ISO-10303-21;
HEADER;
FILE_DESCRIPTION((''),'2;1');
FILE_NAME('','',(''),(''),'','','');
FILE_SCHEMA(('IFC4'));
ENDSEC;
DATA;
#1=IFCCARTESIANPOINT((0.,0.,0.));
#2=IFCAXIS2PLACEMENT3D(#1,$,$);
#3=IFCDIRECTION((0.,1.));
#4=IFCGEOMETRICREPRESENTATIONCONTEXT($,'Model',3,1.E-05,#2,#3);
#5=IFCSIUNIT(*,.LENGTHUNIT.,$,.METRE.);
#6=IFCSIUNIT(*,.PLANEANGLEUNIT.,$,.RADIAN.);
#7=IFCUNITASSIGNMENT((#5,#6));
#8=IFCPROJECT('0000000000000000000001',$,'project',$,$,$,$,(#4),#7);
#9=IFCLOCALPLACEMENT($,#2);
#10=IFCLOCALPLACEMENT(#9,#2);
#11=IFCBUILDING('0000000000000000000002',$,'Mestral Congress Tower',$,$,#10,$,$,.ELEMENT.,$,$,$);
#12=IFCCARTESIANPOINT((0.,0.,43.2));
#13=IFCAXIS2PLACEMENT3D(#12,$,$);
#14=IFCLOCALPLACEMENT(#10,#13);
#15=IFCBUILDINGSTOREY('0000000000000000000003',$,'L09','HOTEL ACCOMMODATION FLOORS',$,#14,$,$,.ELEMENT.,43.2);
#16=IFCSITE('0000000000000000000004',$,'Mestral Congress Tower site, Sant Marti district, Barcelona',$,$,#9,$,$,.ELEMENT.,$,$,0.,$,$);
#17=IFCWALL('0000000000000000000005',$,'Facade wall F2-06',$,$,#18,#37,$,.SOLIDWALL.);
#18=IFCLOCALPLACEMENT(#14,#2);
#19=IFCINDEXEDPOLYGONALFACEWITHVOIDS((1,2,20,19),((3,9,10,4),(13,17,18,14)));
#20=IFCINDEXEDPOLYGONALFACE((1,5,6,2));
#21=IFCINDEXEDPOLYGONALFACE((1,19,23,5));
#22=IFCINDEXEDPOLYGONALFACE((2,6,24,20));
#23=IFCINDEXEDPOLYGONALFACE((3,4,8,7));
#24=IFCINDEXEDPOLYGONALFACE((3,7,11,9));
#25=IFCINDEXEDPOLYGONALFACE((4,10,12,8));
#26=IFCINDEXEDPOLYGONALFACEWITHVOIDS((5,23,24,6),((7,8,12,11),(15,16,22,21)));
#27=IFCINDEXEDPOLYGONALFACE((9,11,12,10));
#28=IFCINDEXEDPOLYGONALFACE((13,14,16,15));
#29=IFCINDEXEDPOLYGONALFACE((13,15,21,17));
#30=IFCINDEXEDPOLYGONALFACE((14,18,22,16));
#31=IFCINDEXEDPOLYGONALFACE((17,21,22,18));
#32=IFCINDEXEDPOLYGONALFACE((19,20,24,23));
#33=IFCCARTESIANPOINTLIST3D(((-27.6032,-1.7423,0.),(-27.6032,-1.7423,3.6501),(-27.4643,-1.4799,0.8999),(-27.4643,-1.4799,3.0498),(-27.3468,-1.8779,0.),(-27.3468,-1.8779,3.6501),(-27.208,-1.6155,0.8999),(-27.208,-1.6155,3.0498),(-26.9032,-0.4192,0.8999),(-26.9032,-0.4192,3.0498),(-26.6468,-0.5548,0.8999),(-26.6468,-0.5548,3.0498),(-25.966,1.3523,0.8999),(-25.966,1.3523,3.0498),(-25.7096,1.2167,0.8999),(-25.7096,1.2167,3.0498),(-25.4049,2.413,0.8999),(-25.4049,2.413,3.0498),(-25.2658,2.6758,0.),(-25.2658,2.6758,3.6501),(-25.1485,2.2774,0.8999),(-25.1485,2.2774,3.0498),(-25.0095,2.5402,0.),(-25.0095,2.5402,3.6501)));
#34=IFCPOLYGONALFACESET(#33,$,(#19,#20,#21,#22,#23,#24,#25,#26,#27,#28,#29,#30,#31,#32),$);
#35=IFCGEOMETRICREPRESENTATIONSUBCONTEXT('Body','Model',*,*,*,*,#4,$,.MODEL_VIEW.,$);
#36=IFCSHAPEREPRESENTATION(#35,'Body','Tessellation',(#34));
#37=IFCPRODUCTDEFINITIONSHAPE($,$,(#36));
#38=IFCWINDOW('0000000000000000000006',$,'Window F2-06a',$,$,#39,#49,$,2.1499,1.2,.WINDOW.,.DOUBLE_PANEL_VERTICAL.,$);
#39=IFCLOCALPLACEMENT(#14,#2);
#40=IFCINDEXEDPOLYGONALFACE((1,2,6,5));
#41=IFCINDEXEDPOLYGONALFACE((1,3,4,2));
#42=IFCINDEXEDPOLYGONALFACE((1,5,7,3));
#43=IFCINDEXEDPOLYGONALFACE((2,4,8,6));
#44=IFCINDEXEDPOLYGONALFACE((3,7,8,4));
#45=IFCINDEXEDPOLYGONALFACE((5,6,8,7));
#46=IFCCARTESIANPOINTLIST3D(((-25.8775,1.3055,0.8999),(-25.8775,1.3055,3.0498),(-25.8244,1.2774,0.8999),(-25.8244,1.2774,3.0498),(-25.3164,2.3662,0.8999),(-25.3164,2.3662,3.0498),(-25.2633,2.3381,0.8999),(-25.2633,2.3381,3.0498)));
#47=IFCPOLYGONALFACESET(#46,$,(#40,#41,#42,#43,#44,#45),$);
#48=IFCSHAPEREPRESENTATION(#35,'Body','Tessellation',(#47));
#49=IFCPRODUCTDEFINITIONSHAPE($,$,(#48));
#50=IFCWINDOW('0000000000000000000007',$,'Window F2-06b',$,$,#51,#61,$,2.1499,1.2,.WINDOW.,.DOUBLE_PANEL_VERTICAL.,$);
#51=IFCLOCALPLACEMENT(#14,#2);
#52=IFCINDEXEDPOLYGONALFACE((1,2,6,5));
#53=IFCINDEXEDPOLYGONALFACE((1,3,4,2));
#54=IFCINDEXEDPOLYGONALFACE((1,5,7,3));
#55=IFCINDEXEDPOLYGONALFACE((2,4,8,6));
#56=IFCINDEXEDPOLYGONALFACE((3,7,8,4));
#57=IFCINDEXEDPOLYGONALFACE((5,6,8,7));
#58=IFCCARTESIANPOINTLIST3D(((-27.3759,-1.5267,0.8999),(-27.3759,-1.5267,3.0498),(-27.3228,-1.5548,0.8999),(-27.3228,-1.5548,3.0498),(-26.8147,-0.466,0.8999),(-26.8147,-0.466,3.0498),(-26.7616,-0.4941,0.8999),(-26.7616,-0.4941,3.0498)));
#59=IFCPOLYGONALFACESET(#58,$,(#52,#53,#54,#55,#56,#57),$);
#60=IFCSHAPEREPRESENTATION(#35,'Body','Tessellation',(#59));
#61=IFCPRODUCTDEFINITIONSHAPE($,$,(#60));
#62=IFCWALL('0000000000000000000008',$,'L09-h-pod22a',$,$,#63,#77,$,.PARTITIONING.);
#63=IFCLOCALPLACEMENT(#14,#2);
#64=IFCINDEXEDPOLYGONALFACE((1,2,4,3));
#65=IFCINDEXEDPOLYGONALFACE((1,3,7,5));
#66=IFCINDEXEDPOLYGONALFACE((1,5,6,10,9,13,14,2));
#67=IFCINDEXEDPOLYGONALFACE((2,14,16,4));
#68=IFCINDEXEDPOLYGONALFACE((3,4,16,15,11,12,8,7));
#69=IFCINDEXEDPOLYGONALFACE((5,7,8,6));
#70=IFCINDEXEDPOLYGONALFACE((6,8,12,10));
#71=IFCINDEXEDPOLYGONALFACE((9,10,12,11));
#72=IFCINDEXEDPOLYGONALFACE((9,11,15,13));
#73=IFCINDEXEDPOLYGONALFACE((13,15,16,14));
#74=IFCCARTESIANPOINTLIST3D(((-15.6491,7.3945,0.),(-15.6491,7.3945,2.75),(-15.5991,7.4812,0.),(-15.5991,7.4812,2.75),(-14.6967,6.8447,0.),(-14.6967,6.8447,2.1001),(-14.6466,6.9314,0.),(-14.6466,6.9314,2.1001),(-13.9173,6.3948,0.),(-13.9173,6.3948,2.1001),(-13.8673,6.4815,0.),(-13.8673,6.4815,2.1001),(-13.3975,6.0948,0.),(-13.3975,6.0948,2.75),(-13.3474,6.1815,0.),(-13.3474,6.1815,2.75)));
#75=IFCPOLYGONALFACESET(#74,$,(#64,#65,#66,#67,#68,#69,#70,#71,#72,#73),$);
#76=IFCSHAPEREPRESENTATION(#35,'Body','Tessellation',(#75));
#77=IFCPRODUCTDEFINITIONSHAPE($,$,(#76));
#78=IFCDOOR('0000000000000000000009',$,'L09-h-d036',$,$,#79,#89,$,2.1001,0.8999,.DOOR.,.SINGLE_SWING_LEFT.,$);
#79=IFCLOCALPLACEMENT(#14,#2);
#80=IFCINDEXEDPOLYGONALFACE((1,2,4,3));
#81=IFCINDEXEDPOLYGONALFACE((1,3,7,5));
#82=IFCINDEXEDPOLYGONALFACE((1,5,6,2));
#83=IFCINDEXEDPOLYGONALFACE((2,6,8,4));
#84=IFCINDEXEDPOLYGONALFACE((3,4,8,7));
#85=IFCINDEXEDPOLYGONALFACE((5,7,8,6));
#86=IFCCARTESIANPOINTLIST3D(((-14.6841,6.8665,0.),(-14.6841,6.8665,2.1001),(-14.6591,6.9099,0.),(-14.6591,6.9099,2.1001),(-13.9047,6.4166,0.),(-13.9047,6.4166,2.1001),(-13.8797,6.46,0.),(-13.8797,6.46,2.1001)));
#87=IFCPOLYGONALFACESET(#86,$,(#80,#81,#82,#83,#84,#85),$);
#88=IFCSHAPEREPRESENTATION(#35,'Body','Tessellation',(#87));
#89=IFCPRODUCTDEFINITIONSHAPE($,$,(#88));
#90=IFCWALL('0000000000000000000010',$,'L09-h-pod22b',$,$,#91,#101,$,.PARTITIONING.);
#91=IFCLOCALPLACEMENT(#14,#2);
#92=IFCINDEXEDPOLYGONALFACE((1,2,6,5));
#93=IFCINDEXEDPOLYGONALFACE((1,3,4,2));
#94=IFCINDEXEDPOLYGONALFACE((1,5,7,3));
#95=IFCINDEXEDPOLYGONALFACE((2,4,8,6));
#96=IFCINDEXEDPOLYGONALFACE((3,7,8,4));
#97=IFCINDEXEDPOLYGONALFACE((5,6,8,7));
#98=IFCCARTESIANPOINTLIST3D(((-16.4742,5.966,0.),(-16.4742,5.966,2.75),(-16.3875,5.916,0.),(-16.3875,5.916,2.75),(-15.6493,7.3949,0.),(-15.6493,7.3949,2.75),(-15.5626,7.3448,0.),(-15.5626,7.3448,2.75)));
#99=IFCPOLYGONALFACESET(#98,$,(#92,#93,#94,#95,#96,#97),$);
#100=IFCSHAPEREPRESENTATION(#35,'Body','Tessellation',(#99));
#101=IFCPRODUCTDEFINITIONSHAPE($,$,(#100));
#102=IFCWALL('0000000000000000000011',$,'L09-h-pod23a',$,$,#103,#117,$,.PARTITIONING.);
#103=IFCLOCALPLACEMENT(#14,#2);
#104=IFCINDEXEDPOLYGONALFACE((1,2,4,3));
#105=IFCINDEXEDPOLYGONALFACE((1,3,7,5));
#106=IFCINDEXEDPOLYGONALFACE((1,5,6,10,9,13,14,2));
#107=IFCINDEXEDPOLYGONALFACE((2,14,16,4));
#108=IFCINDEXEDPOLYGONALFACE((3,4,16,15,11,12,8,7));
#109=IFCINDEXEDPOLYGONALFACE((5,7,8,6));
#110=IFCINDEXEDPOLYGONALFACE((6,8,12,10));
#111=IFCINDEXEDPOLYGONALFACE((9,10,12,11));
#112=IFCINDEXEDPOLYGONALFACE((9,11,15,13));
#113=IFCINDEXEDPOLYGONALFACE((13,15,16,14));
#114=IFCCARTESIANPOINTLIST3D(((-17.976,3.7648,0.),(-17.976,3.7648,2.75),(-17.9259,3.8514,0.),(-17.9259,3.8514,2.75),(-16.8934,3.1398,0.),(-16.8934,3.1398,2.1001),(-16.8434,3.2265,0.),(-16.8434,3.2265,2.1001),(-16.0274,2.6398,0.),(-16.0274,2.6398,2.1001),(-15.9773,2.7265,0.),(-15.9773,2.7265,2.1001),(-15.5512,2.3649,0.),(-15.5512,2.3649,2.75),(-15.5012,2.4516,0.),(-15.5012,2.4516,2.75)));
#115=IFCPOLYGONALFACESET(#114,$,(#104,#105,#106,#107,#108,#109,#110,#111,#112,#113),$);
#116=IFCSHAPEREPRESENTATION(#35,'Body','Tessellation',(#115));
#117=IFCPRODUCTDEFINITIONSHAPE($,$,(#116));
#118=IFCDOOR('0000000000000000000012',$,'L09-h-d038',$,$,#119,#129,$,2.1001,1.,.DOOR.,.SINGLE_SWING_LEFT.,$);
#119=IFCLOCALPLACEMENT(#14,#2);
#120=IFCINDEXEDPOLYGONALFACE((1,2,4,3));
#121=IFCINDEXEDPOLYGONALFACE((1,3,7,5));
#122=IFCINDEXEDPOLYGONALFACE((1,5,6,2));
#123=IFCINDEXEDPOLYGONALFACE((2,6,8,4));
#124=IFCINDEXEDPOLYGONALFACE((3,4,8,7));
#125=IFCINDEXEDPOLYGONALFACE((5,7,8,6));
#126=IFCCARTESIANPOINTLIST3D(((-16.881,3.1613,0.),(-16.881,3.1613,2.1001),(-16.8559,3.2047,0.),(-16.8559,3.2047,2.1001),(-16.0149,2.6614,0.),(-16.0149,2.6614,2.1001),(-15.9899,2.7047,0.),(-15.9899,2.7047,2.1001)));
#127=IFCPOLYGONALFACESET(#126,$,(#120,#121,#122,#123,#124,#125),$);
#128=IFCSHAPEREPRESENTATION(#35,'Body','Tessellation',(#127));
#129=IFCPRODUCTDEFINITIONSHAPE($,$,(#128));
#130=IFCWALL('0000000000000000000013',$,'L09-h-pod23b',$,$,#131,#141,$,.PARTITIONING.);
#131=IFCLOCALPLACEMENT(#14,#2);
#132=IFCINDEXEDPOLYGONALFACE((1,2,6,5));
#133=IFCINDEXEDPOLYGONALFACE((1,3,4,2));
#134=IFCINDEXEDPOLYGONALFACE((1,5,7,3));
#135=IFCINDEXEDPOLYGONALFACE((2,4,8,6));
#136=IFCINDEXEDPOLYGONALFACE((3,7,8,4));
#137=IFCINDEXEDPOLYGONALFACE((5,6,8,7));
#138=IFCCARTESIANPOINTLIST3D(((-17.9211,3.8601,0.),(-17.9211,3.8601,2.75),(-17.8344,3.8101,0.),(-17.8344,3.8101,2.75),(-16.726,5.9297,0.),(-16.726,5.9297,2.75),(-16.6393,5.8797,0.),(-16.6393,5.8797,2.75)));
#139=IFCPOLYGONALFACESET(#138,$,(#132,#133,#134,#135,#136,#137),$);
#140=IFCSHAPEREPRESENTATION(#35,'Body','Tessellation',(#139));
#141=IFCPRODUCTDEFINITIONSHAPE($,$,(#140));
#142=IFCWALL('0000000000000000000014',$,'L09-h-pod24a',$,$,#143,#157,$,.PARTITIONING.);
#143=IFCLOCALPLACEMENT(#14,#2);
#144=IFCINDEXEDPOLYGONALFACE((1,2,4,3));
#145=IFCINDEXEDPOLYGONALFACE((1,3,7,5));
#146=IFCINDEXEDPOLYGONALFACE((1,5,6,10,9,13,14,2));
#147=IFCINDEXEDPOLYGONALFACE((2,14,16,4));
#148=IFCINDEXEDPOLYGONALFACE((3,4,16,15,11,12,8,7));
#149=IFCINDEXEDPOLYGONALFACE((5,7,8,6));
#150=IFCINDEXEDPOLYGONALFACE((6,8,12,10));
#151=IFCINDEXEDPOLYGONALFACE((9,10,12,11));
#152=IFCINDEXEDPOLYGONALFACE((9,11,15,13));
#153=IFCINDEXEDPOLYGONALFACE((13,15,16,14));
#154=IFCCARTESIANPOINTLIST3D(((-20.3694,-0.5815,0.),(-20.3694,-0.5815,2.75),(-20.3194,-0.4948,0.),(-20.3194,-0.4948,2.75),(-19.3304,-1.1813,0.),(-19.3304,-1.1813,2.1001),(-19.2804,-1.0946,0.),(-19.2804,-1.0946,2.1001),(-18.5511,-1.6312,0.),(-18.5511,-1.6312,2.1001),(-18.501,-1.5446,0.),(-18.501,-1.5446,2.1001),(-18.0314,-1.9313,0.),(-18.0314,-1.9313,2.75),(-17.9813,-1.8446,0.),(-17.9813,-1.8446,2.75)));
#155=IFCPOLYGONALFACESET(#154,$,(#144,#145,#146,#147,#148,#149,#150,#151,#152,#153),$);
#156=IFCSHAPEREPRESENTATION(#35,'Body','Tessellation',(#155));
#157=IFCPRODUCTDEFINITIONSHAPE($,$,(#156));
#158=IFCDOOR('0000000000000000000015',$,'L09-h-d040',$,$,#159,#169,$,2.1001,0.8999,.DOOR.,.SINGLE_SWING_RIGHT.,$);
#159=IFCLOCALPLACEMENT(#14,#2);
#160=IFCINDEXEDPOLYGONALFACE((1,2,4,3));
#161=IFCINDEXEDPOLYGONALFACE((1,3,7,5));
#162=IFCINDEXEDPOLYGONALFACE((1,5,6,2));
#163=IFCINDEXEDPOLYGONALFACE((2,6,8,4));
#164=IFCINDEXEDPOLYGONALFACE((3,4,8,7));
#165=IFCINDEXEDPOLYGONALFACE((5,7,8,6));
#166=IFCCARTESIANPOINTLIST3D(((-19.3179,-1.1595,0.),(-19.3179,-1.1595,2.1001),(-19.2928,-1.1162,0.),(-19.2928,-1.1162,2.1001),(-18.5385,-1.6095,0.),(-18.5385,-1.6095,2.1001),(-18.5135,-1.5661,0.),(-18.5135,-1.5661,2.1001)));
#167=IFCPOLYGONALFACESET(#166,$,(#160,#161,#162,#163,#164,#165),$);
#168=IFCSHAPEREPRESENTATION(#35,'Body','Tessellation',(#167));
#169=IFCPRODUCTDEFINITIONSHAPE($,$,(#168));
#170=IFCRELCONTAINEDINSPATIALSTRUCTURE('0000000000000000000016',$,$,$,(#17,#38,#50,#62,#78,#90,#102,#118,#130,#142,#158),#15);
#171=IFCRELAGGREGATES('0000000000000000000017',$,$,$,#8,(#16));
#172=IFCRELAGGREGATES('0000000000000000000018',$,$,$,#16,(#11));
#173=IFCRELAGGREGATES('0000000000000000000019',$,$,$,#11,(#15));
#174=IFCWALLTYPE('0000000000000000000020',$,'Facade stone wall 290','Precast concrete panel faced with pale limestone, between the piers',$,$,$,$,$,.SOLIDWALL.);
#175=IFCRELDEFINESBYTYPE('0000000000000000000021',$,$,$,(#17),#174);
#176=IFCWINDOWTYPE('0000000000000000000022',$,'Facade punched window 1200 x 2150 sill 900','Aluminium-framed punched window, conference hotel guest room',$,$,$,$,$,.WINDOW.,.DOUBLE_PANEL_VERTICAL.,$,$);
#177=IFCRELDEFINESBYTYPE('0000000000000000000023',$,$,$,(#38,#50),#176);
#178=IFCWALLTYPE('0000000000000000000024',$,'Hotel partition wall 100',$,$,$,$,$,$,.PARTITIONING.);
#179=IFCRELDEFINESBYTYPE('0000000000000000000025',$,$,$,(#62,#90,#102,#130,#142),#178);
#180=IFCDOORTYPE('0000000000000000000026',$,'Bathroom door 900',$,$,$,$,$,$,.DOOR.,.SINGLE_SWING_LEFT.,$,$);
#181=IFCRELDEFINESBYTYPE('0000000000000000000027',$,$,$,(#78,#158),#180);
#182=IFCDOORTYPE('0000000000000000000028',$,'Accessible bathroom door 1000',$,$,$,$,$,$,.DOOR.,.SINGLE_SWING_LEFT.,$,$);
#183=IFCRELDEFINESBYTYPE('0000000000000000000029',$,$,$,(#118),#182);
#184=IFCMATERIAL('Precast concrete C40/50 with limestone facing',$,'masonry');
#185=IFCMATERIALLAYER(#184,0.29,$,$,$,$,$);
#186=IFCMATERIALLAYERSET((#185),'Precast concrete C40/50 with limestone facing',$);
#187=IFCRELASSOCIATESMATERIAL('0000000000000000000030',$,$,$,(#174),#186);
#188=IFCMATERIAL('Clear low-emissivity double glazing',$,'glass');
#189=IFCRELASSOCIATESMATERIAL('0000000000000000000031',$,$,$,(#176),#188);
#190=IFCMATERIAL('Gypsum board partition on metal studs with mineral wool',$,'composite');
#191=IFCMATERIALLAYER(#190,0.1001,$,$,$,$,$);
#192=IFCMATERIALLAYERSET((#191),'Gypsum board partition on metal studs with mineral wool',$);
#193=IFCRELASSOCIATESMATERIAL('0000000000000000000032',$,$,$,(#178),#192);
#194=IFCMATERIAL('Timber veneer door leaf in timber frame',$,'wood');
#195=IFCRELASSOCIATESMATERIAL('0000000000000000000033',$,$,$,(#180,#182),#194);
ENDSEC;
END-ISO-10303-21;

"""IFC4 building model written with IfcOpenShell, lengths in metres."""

from ifc_helpers import new_model, si_unit, direction, frame, frame_2d, origin, place, context, subcontext, project, spatial, rectangle, extrude, material, layer, layer_set, type_object, element, fill, save


model = new_model("IFC4")

# Units and contexts
model_context = context("Model", 3, precision=1e-05, world=origin(), true_north=direction((0.0, 1.0)))
body_context = subcontext(model_context, "Body", "Model", "MODEL_VIEW")
ifc_project = project(units=[si_unit("LENGTHUNIT", "METRE"), si_unit("PLANEANGLEUNIT", "RADIAN")], contexts=[model_context])

# Site, building, storey
site_placement = place(None, origin())
site = spatial("IfcSite", under=ifc_project, at=site_placement, Name="Mestral Congress Tower site, Sant Marti district, Barcelona", CompositionType="ELEMENT", RefElevation=0.0)
building_placement = place(site_placement, origin())
building = spatial("IfcBuilding", under=site, at=building_placement, Name="Mestral Congress Tower", CompositionType="ELEMENT")
storey_placement = place(building_placement, frame((0.0, 0.0, 43.2)))
storey = spatial("IfcBuildingStorey", under=building, at=storey_placement, Name="L09", Description="HOTEL ACCOMMODATION FLOORS", CompositionType="ELEMENT", Elevation=43.2)

# Wall, openings, windows
ifc_material_1 = material(Name="Precast concrete C40/50 with limestone facing", Category="masonry")
ifc_layer_1 = layer(ifc_material_1, 0.29)
ifc_layer_set_1 = layer_set([ifc_layer_1], Name="Precast concrete C40/50 with limestone facing")
wall_type_1 = type_object("IfcWallType", Name="Facade stone wall 290", Description="Precast concrete panel faced with pale limestone, between the piers", PredefinedType="SOLIDWALL", material=ifc_layer_set_1)
ifc_material_2 = material(Name="Clear low-emissivity double glazing", Category="glass")
window_type = type_object("IfcWindowType", Name="Facade punched window 1200 x 2150 sill 900", Description="Aluminium-framed punched window, conference hotel guest room", PartitioningType="DOUBLE_PANEL_VERTICAL", PredefinedType="WINDOW", material=ifc_material_2)
wall_1_placement = place(storey_placement, frame((-25.1377, 2.6079, 0.0), z_axis=(0.0, 0.0, 1.0), x_axis=(-0.46763, -0.883925, 0.0)))
wall_1 = element("IfcWall", 1, at=wall_1_placement, inside=storey, type_object=wall_type_1, Name="Facade wall F2-06", PredefinedType="SOLIDWALL", context=body_context, shape_type="SweptSolid", body=[
    extrude(rectangle(XDim=4.9983, YDim=0.29, at=frame_2d((2.499, 0.0))), origin(), (0.0, 0.0, 1.0), 3.6501),
])
opening_1_placement = place(wall_1_placement, frame((0.2971, 0.0, 0.8999)))
opening_1 = element("IfcOpeningElement", 2, at=opening_1_placement, cuts=wall_1, PredefinedType="OPENING", context=body_context, shape_type="SweptSolid", body=[
    extrude(rectangle(XDim=1.2, YDim=2.1499, at=frame_2d((0.6001, 1.075))), frame((0.0, 0.155, 0.0), z_axis=(0.0, -1.0, 0.0), x_axis=(1.0, 0.0, 0.0)), (0.0, 0.0, 1.0), 0.3101),
])
opening_2_placement = place(wall_1_placement, frame((3.5012, 0.0, 0.8999)))
opening_2 = element("IfcOpeningElement", 3, at=opening_2_placement, cuts=wall_1, PredefinedType="OPENING", context=body_context, shape_type="SweptSolid", body=[
    extrude(rectangle(XDim=1.2, YDim=2.1499, at=frame_2d((0.6001, 1.075))), frame((0.0, 0.155, 0.0), z_axis=(0.0, -1.0, 0.0), x_axis=(1.0, 0.0, 0.0)), (0.0, 0.0, 1.0), 0.3101),
])
window_1_placement = place(opening_1_placement, origin())
window_1 = element("IfcWindow", 4, at=window_1_placement, inside=storey, type_object=window_type, Name="Window F2-06a", OverallHeight=2.1499, OverallWidth=1.2, PartitioningType="DOUBLE_PANEL_VERTICAL", PredefinedType="WINDOW", context=body_context, shape_type="SweptSolid", body=[
    extrude(rectangle(XDim=1.2, YDim=2.1499, at=frame_2d((0.6001, 1.075))), frame((0.0, 0.0151, 0.0), z_axis=(0.0, -1.0, 0.0), x_axis=(1.0, 0.0, 0.0)), (0.0, 0.0, 1.0), 0.0601),
])
fill(opening_1, window_1)
window_2_placement = place(opening_2_placement, origin())
window_2 = element("IfcWindow", 5, at=window_2_placement, inside=storey, type_object=window_type, Name="Window F2-06b", OverallHeight=2.1499, OverallWidth=1.2, PartitioningType="DOUBLE_PANEL_VERTICAL", PredefinedType="WINDOW", context=body_context, shape_type="SweptSolid", body=[
    extrude(rectangle(XDim=1.2, YDim=2.1499, at=frame_2d((0.6001, 1.075))), frame((0.0, 0.0151, 0.0), z_axis=(0.0, -1.0, 0.0), x_axis=(1.0, 0.0, 0.0)), (0.0, 0.0, 1.0), 0.0601),
])
fill(opening_2, window_2)

# Wall, opening, door
ifc_material_3 = material(Name="Gypsum board partition on metal studs with mineral wool", Category="composite")
ifc_layer_2 = layer(ifc_material_3, 0.1001)
ifc_layer_set_2 = layer_set([ifc_layer_2], Name="Gypsum board partition on metal studs with mineral wool")
wall_type_2 = type_object("IfcWallType", Name="Hotel partition wall 100", PredefinedType="PARTITIONING", material=ifc_layer_set_2)
wall_2_placement = place(storey_placement, frame((-13.3726, 6.1382, 0.0), z_axis=(0.0, 0.0, 1.0), x_axis=(-0.866062, 0.499937, 0.0)))
wall_2 = element("IfcWall", 6, at=wall_2_placement, inside=storey, type_object=wall_type_2, Name="L09-h-pod22a", PredefinedType="PARTITIONING", context=body_context, shape_type="SweptSolid", body=[
    extrude(rectangle(XDim=2.5999, YDim=0.1001, at=frame_2d((1.2998, 0.0))), origin(), (0.0, 0.0, 1.0), 2.75),
])
opening_3_placement = place(wall_2_placement, frame((0.6001, 0.0, 0.0)))
opening_3 = element("IfcOpeningElement", 7, at=opening_3_placement, cuts=wall_2, PredefinedType="OPENING", context=body_context, shape_type="SweptSolid", body=[
    extrude(rectangle(XDim=0.8999, YDim=2.1001, at=frame_2d((0.45, 1.05))), frame((0.0, 0.0601, 0.0), z_axis=(0.0, -1.0, 0.0), x_axis=(1.0, 0.0, 0.0)), (0.0, 0.0, 1.0), 0.1201),
])
ifc_material_4 = material(Name="Timber veneer door leaf in timber frame", Category="wood")
door_type_1 = type_object("IfcDoorType", Name="Bathroom door 900", OperationType="SINGLE_SWING_LEFT", PredefinedType="DOOR", material=ifc_material_4)
door_1_placement = place(opening_3_placement, origin())
door_1 = element("IfcDoor", 8, at=door_1_placement, inside=storey, type_object=door_type_1, Name="L09-h-d036", OperationType="SINGLE_SWING_LEFT", OverallHeight=2.1001, OverallWidth=0.8999, PredefinedType="DOOR", context=body_context, shape_type="SweptSolid", body=[
    extrude(rectangle(XDim=0.8999, YDim=2.1001, at=frame_2d((0.45, 1.05))), frame((0.0, 0.0249, 0.0), z_axis=(0.0, -1.0, 0.0), x_axis=(1.0, 0.0, 0.0)), (0.0, 0.0, 1.0), 0.05),
])
fill(opening_3, door_1)

# Wall
wall_3_placement = place(storey_placement, frame((-15.606, 7.3699, 0.0), z_axis=(0.0, 0.0, 1.0), x_axis=(-0.499974, -0.86604, 0.0)))
element("IfcWall", 9, at=wall_3_placement, inside=storey, type_object=wall_type_2, Name="L09-h-pod22b", PredefinedType="PARTITIONING", context=body_context, shape_type="SweptSolid", body=[
    extrude(rectangle(XDim=1.6499, YDim=0.1001, at=frame_2d((0.825, 0.0))), origin(), (0.0, 0.0, 1.0), 2.75),
])

# Wall, opening, door
wall_4_placement = place(storey_placement, frame((-17.9509, 3.8081, 0.0), z_axis=(0.0, 0.0, 1.0), x_axis=(0.866035, -0.499984, 0.0)))
wall_4 = element("IfcWall", 10, at=wall_4_placement, inside=storey, type_object=wall_type_2, Name="L09-h-pod23a", PredefinedType="PARTITIONING", context=body_context, shape_type="SweptSolid", body=[
    extrude(rectangle(XDim=2.7998, YDim=0.1001, at=frame_2d((1.3999, 0.0))), origin(), (0.0, 0.0, 1.0), 2.75),
])
opening_4_placement = place(wall_4_placement, frame((1.25, 0.0, 0.0)))
opening_4 = element("IfcOpeningElement", 11, at=opening_4_placement, cuts=wall_4, PredefinedType="OPENING", context=body_context, shape_type="SweptSolid", body=[
    extrude(rectangle(XDim=1.0, YDim=2.1001, at=frame_2d((0.5, 1.05))), frame((0.0, 0.0601, 0.0), z_axis=(0.0, -1.0, 0.0), x_axis=(1.0, 0.0, 0.0)), (0.0, 0.0, 1.0), 0.1201),
])
door_type_2 = type_object("IfcDoorType", Name="Accessible bathroom door 1000", OperationType="SINGLE_SWING_LEFT", PredefinedType="DOOR", material=ifc_material_4)
door_2_placement = place(opening_4_placement, origin())
door_2 = element("IfcDoor", 12, at=door_2_placement, inside=storey, type_object=door_type_2, Name="L09-h-d038", OperationType="SINGLE_SWING_LEFT", OverallHeight=2.1001, OverallWidth=1.0, PredefinedType="DOOR", context=body_context, shape_type="SweptSolid", body=[
    extrude(rectangle(XDim=1.0, YDim=2.1001, at=frame_2d((0.5, 1.05))), frame((0.0, 0.0249, 0.0), z_axis=(0.0, -1.0, 0.0), x_axis=(1.0, 0.0, 0.0)), (0.0, 0.0, 1.0), 0.05),
])
fill(opening_4, door_2)

# Wall
wall_5_placement = place(storey_placement, frame((-17.8777, 3.8352, 0.0), z_axis=(0.0, 0.0, 1.0), x_axis=(0.500061, 0.86599, 0.0)))
element("IfcWall", 13, at=wall_5_placement, inside=storey, type_object=wall_type_2, Name="L09-h-pod23b", PredefinedType="PARTITIONING", context=body_context, shape_type="SweptSolid", body=[
    extrude(rectangle(XDim=2.3899, YDim=0.1001, at=frame_2d((1.1948, 0.0))), origin(), (0.0, 0.0, 1.0), 2.75),
])

# Wall, opening, door
wall_6_placement = place(storey_placement, frame((-18.0063, -1.8879, 0.0), z_axis=(0.0, 0.0, 1.0), x_axis=(-0.866037, 0.499981, 0.0)))
wall_6 = element("IfcWall", 14, at=wall_6_placement, inside=storey, type_object=wall_type_2, Name="L09-h-pod24a", PredefinedType="PARTITIONING", context=body_context, shape_type="SweptSolid", body=[
    extrude(rectangle(XDim=2.6997, YDim=0.1001, at=frame_2d((1.3499, 0.0))), origin(), (0.0, 0.0, 1.0), 2.75),
])
opening_5_placement = place(wall_6_placement, frame((0.6001, 0.0, 0.0)))
opening_5 = element("IfcOpeningElement", 15, at=opening_5_placement, cuts=wall_6, PredefinedType="OPENING", context=body_context, shape_type="SweptSolid", body=[
    extrude(rectangle(XDim=0.8999, YDim=2.1001, at=frame_2d((0.45, 1.05))), frame((0.0, 0.0601, 0.0), z_axis=(0.0, -1.0, 0.0), x_axis=(1.0, 0.0, 0.0)), (0.0, 0.0, 1.0), 0.1201),
])
door_3_placement = place(opening_5_placement, origin())
door_3 = element("IfcDoor", 16, at=door_3_placement, inside=storey, type_object=door_type_1, Name="L09-h-d040", OperationType="SINGLE_SWING_RIGHT", OverallHeight=2.1001, OverallWidth=0.8999, PredefinedType="DOOR", context=body_context, shape_type="SweptSolid", body=[
    extrude(rectangle(XDim=0.8999, YDim=2.1001, at=frame_2d((0.45, 1.05))), frame((0.0, 0.0249, 0.0), z_axis=(0.0, -1.0, 0.0), x_axis=(1.0, 0.0, 0.0)), (0.0, 0.0, 1.0), 0.05),
])
fill(opening_5, door_3)

save(model, "model.ifc")
